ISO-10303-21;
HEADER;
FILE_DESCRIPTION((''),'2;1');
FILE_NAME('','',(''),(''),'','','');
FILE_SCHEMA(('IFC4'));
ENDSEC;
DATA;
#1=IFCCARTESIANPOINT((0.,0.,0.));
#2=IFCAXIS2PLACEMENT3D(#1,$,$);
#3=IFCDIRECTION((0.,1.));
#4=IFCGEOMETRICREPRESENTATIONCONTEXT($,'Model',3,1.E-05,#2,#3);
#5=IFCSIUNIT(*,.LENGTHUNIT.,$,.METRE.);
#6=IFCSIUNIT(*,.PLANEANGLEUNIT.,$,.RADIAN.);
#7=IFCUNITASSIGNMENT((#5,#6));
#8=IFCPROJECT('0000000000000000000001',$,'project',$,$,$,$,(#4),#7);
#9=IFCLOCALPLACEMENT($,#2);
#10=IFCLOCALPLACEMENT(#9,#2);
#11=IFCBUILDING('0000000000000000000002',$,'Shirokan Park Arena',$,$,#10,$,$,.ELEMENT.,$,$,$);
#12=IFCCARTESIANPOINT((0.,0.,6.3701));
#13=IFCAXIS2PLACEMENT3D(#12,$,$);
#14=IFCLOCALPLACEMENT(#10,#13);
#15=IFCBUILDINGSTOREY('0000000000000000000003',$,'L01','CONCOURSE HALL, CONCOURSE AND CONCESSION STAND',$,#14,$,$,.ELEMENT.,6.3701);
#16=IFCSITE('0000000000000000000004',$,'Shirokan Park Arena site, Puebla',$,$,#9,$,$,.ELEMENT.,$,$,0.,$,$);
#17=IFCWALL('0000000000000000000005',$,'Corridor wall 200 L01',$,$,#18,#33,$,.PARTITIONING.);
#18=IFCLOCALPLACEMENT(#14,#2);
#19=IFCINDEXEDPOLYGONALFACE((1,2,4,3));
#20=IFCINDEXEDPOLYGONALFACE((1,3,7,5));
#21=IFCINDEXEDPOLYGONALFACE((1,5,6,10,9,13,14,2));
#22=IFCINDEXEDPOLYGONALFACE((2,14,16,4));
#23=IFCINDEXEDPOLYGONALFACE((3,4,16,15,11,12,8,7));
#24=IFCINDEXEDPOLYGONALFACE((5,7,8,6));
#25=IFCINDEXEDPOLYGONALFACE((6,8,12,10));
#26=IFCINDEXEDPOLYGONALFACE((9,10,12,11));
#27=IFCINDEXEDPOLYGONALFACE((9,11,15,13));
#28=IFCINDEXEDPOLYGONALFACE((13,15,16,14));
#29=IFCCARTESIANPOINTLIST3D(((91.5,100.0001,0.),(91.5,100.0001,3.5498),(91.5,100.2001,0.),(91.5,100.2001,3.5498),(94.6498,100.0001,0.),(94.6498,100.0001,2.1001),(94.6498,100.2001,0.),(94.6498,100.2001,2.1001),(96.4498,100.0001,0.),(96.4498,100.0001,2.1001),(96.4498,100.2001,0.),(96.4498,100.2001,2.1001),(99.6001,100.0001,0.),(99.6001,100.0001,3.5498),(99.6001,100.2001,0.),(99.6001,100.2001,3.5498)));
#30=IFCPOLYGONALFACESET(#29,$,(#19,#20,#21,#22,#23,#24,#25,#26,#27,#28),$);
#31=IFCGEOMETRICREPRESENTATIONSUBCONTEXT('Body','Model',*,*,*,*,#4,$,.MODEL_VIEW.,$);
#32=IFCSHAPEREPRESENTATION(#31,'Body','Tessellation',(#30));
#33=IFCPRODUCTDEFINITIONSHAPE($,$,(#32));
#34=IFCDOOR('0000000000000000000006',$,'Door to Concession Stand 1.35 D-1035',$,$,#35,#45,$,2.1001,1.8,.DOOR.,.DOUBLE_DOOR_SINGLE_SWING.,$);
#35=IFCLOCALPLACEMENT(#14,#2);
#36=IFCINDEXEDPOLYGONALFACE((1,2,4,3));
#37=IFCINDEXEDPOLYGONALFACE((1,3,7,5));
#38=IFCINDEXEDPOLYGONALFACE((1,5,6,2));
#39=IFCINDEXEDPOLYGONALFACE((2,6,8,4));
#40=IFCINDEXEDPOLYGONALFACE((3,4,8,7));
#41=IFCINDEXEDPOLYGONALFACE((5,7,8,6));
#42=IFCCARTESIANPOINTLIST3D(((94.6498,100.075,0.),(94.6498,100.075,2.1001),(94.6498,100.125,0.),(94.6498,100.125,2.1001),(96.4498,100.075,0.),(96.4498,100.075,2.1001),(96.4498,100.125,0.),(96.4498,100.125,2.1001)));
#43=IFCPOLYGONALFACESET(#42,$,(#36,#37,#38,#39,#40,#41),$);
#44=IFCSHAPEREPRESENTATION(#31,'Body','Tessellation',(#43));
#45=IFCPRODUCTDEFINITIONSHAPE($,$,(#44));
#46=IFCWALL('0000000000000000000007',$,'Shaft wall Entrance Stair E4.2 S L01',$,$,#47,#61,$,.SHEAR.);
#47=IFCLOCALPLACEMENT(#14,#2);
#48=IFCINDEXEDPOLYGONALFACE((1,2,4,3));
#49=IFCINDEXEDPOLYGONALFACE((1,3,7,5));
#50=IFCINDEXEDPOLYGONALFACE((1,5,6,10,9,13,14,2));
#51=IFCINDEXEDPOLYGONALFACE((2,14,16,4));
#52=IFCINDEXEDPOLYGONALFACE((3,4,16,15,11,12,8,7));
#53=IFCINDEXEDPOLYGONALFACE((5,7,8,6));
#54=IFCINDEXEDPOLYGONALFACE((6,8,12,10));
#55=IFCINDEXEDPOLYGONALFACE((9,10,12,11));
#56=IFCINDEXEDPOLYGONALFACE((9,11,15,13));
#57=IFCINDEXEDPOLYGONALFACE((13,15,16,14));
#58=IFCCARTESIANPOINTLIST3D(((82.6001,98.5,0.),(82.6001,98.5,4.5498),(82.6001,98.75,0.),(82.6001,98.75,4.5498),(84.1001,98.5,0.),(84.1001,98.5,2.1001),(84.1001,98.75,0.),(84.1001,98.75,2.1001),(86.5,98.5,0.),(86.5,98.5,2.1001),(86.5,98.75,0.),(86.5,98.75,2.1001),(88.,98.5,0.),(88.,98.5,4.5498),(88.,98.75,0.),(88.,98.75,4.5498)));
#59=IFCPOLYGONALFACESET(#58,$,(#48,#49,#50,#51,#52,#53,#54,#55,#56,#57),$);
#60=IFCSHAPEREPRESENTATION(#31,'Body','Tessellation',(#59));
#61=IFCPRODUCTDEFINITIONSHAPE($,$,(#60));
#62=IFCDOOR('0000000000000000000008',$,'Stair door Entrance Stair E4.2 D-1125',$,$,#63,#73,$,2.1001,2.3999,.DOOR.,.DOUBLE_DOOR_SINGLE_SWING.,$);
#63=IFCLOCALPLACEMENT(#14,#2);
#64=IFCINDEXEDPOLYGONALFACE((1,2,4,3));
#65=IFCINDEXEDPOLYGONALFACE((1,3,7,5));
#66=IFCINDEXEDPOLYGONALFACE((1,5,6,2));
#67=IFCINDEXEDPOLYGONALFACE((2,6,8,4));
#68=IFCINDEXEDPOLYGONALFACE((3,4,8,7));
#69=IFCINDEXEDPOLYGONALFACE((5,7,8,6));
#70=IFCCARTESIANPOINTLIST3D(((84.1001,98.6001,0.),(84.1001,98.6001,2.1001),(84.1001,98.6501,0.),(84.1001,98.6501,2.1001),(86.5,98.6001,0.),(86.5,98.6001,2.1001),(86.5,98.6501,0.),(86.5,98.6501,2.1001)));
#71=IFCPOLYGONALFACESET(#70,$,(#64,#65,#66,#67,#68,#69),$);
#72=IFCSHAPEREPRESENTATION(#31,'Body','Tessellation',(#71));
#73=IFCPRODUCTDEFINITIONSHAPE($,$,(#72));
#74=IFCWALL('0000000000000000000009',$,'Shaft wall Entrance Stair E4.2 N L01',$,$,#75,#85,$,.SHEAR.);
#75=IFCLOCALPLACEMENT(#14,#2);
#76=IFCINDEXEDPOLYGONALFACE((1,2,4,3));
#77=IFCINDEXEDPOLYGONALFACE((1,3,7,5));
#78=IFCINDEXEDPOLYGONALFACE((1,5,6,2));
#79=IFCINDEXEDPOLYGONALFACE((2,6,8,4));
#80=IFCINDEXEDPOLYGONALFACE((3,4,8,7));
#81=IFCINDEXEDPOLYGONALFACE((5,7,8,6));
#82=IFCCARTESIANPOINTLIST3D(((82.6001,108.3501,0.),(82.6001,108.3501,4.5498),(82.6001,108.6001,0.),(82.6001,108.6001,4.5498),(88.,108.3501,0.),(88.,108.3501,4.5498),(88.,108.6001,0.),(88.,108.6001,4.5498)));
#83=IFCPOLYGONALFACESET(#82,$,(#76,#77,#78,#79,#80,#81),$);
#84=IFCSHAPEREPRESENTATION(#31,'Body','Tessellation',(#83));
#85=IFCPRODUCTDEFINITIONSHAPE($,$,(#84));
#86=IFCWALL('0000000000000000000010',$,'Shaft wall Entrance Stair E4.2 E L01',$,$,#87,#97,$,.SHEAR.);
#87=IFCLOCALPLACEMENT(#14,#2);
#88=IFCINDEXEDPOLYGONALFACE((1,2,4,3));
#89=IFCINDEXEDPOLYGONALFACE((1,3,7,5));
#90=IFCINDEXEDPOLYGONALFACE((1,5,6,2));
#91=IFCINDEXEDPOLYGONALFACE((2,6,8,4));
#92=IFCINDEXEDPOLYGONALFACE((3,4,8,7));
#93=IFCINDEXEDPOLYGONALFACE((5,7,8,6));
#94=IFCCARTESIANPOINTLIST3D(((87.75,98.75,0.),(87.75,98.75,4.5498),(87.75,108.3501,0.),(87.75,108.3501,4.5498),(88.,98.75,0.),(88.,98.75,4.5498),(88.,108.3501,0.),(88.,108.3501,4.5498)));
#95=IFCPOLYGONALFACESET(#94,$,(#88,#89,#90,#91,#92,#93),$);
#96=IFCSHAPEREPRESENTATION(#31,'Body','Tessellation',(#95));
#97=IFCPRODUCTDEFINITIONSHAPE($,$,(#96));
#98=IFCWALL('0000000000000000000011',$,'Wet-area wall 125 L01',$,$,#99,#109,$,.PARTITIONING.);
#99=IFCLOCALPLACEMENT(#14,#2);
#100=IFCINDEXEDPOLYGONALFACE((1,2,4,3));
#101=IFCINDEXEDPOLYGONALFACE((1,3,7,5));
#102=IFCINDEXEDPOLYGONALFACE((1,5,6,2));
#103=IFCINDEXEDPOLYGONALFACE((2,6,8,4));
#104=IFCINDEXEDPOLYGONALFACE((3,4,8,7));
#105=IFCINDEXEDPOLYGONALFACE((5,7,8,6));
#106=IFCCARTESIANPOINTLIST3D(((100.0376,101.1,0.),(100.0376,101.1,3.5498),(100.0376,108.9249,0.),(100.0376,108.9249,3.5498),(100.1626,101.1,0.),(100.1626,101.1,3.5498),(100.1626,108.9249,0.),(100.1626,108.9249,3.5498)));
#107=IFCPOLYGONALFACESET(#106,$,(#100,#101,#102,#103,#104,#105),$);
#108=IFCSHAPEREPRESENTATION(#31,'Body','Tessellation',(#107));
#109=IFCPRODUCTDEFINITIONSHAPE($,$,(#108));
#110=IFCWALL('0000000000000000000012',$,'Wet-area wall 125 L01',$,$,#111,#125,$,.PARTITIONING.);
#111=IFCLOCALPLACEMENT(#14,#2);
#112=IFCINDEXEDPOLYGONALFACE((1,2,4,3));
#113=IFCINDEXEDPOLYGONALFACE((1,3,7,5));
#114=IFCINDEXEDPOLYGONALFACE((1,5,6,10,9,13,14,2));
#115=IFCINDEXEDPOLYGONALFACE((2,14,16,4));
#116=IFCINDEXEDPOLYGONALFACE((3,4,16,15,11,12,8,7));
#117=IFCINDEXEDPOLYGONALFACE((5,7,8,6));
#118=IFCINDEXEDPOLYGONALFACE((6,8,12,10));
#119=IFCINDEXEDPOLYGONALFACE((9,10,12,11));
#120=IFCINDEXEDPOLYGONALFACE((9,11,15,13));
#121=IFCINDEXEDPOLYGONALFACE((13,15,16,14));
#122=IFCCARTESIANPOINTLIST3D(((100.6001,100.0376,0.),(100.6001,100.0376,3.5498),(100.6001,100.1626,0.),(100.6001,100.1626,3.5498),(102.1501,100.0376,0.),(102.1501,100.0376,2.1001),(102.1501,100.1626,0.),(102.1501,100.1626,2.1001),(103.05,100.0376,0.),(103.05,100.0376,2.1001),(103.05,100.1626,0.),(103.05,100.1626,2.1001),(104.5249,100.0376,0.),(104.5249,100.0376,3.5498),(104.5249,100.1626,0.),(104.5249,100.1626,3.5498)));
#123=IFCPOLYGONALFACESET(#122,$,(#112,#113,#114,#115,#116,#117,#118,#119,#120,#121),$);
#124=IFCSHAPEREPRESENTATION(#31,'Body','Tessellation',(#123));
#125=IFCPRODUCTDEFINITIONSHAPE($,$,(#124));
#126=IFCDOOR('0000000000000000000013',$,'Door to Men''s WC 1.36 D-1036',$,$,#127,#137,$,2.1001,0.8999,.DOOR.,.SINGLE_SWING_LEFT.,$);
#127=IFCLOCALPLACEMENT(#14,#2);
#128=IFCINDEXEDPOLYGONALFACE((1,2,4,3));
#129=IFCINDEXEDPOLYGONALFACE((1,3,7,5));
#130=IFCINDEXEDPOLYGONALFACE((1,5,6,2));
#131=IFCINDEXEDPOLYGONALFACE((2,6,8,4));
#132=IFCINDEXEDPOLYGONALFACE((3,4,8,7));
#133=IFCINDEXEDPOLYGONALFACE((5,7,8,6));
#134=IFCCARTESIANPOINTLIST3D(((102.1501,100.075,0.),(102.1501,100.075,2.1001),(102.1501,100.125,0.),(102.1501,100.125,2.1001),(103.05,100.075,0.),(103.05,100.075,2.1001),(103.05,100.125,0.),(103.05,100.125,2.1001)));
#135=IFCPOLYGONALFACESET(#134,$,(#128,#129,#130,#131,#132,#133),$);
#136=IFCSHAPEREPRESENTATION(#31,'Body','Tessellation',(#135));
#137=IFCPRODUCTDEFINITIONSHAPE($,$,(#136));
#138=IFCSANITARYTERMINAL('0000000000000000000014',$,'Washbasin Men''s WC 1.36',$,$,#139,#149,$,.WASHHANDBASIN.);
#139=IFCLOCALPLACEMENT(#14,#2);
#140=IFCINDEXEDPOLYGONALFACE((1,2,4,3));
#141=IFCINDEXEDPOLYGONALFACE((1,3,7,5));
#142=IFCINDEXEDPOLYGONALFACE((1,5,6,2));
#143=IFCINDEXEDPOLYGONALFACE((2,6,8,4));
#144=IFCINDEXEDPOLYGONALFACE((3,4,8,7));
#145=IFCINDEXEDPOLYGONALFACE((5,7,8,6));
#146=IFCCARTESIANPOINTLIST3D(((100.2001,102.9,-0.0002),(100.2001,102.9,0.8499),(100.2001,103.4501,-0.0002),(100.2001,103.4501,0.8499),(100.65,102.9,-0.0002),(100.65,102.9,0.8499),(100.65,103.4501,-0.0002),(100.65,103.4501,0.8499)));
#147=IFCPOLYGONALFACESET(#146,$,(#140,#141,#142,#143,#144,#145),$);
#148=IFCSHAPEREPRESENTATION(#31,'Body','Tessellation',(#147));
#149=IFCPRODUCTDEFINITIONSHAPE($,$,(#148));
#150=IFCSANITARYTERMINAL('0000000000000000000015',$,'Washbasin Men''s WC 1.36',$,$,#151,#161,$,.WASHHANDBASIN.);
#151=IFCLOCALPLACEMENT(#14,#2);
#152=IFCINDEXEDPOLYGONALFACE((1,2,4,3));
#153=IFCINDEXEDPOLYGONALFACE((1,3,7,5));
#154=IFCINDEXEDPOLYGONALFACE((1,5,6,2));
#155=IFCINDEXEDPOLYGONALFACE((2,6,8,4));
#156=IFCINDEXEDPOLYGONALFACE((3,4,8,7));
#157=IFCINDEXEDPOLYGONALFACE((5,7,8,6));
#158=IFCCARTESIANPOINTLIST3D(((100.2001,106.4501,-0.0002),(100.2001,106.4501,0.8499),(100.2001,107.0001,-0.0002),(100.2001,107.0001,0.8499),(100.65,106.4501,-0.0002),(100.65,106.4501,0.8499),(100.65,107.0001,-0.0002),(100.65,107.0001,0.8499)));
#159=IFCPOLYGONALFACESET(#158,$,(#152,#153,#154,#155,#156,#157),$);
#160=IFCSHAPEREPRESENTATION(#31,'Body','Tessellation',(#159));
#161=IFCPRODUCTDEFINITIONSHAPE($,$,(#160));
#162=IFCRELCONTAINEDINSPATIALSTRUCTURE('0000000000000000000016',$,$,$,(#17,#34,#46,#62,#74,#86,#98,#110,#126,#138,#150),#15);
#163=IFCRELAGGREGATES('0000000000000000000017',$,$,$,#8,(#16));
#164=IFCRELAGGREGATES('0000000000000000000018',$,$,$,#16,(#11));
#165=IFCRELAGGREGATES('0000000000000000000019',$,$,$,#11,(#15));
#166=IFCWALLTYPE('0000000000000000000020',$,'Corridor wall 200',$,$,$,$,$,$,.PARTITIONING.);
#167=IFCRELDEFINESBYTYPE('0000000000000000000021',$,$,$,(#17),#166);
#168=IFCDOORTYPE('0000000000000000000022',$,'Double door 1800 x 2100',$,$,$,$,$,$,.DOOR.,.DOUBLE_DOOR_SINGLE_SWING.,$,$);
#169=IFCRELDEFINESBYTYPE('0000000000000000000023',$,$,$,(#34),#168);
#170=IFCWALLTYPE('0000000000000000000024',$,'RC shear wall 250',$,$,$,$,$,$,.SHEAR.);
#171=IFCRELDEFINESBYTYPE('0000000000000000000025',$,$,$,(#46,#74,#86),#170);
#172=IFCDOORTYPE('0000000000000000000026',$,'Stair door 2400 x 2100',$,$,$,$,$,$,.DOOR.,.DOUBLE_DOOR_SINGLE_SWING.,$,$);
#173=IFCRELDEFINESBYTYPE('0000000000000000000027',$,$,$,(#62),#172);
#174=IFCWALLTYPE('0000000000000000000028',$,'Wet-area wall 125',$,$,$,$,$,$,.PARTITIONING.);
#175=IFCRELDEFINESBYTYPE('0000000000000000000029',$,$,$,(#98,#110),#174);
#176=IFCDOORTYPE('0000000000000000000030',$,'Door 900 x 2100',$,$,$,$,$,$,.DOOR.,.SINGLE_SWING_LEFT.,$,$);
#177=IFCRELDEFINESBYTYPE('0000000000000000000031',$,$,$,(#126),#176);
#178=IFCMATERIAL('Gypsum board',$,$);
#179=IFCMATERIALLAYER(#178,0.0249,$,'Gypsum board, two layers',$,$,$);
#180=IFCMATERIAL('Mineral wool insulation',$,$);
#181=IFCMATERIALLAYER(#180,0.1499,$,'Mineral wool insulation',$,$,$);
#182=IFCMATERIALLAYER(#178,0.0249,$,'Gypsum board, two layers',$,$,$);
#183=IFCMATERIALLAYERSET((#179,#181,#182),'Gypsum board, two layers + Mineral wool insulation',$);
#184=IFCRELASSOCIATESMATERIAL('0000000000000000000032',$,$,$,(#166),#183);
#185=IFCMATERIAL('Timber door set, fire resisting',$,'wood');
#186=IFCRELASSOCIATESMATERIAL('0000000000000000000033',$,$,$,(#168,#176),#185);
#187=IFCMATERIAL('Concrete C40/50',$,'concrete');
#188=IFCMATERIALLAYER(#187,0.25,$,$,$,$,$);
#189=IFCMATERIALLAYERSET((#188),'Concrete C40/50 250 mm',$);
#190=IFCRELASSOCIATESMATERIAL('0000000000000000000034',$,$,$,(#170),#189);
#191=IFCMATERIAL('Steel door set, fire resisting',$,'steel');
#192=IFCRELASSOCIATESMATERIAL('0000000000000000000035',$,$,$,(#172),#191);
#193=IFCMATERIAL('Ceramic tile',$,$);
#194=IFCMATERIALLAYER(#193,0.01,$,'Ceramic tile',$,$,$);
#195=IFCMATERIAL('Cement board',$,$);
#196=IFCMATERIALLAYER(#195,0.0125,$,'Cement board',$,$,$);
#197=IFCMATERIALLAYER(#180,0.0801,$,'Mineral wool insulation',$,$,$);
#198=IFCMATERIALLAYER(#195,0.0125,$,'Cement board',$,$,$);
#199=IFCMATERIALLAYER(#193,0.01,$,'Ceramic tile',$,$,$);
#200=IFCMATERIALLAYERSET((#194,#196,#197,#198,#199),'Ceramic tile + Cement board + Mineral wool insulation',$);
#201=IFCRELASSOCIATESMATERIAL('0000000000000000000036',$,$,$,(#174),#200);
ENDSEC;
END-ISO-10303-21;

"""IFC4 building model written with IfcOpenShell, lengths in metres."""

from ifc_helpers import new_model, si_unit, direction, frame, frame_2d, origin, origin_2d, place, context, subcontext, project, spatial, rectangle, extrude, material, layer, layer_set, type_object, element, fill, save


model = new_model("IFC4")

# Units and contexts
model_context = context("Model", 3, precision=1e-05, world=origin(), true_north=direction((0.0, 1.0)))
body_context = subcontext(model_context, "Body", "Model", "MODEL_VIEW")
ifc_project = project(units=[si_unit("LENGTHUNIT", "METRE"), si_unit("PLANEANGLEUNIT", "RADIAN")], contexts=[model_context])

# Site, building, storey
site_placement = place(None, origin())
site = spatial("IfcSite", under=ifc_project, at=site_placement, Name="Shirokan Park Arena site, Puebla", CompositionType="ELEMENT", RefElevation=0.0)
building_placement = place(site_placement, origin())
building = spatial("IfcBuilding", under=site, at=building_placement, Name="Shirokan Park Arena", CompositionType="ELEMENT")
storey_placement = place(building_placement, frame((0.0, 0.0, 6.3701)))
storey = spatial("IfcBuildingStorey", under=building, at=storey_placement, Name="L01", Description="CONCOURSE HALL, CONCOURSE AND CONCESSION STAND", CompositionType="ELEMENT", Elevation=6.3701)

# Shared definitions
ifc_material_1 = material(Name="Gypsum board")
ifc_layer_1 = layer(ifc_material_1, 0.0249, Name="Gypsum board, two layers")
ifc_material_2 = material(Name="Mineral wool insulation")
ifc_layer_2 = layer(ifc_material_2, 0.1499, Name="Mineral wool insulation")
ifc_layer_3 = layer(ifc_material_1, 0.0249, Name="Gypsum board, two layers")
ifc_layer_set_1 = layer_set([ifc_layer_1, ifc_layer_2, ifc_layer_3], Name="Gypsum board, two layers + Mineral wool insulation")
wall_type_1 = type_object("IfcWallType", Name="Corridor wall 200", PredefinedType="PARTITIONING", material=ifc_layer_set_1)

# Walls, openings, doors
wall_1_placement = place(storey_placement, frame((91.5, 100.1001, 0.0), z_axis=(0.0, 0.0, 1.0), x_axis=(1.0, 0.0, 0.0)))
wall_1 = element("IfcWall", 1, at=wall_1_placement, inside=storey, type_object=wall_type_1, Name="Corridor wall 200 L01", PredefinedType="PARTITIONING", context=body_context, shape_type="SweptSolid", body=[
    extrude(rectangle(XDim=8.1001, YDim=0.2, at=frame_2d((4.05, 0.0))), origin(), (0.0, 0.0, 1.0), 3.5498),
])
opening_1_placement = place(wall_1_placement, frame((3.1499, 0.0, 0.0)))
opening_1 = element("IfcOpeningElement", 2, at=opening_1_placement, cuts=wall_1, PredefinedType="OPENING", context=body_context, shape_type="SweptSolid", body=[
    extrude(rectangle(XDim=1.8, YDim=2.1001, at=frame_2d((0.8999, 1.05))), frame((0.0, 0.1099, 0.0), z_axis=(0.0, -1.0, 0.0), x_axis=(1.0, 0.0, 0.0)), (0.0, 0.0, 1.0), 0.22),
])
ifc_material_3 = material(Name="Timber door set, fire resisting", Category="wood")
door_type_1 = type_object("IfcDoorType", Name="Double door 1800 x 2100", OperationType="DOUBLE_DOOR_SINGLE_SWING", PredefinedType="DOOR", material=ifc_material_3)
door_1_placement = place(opening_1_placement, origin())
door_1 = element("IfcDoor", 3, at=door_1_placement, inside=storey, type_object=door_type_1, Name="Door to Concession Stand 1.35 D-1035", OperationType="DOUBLE_DOOR_SINGLE_SWING", OverallHeight=2.1001, OverallWidth=1.8, PredefinedType="DOOR", context=body_context, shape_type="SweptSolid", body=[
    extrude(rectangle(XDim=1.8, YDim=2.1001, at=frame_2d((0.8999, 1.05))), frame((0.0, 0.0249, 0.0), z_axis=(0.0, -1.0, 0.0), x_axis=(1.0, 0.0, 0.0)), (0.0, 0.0, 1.0), 0.05),
])
fill(opening_1, door_1)
ifc_material_4 = material(Name="Concrete C40/50", Category="concrete")
ifc_layer_4 = layer(ifc_material_4, 0.25)
ifc_layer_set_2 = layer_set([ifc_layer_4], Name="Concrete C40/50 250 mm")
wall_type_2 = type_object("IfcWallType", Name="RC shear wall 250", PredefinedType="SHEAR", material=ifc_layer_set_2)
wall_2_placement = place(storey_placement, frame((88.0, 98.625, 0.0), z_axis=(0.0, 0.0, 1.0), x_axis=(-1.0, 0.0, 0.0)))
wall_2 = element("IfcWall", 4, at=wall_2_placement, inside=storey, type_object=wall_type_2, Name="Shaft wall Entrance Stair E4.2 S L01", PredefinedType="SHEAR", context=body_context, shape_type="SweptSolid", body=[
    extrude(rectangle(XDim=5.3999, YDim=0.25, at=frame_2d((2.7, 0.0))), origin(), (0.0, 0.0, 1.0), 4.5498),
])
opening_2_placement = place(wall_2_placement, frame((1.5, 0.0, 0.0)))
opening_2 = element("IfcOpeningElement", 5, at=opening_2_placement, cuts=wall_2, PredefinedType="OPENING", context=body_context, shape_type="SweptSolid", body=[
    extrude(rectangle(XDim=2.3999, YDim=2.1001, at=frame_2d((1.2, 1.05))), frame((0.0, 0.135, 0.0), z_axis=(0.0, -1.0, 0.0), x_axis=(1.0, 0.0, 0.0)), (0.0, 0.0, 1.0), 0.27),
])
ifc_material_5 = material(Name="Steel door set, fire resisting", Category="steel")
door_type_2 = type_object("IfcDoorType", Name="Stair door 2400 x 2100", OperationType="DOUBLE_DOOR_SINGLE_SWING", PredefinedType="DOOR", material=ifc_material_5)
door_2_placement = place(opening_2_placement, origin())
door_2 = element("IfcDoor", 6, at=door_2_placement, inside=storey, type_object=door_type_2, Name="Stair door Entrance Stair E4.2 D-1125", OperationType="DOUBLE_DOOR_SINGLE_SWING", OverallHeight=2.1001, OverallWidth=2.3999, PredefinedType="DOOR", context=body_context, shape_type="SweptSolid", body=[
    extrude(rectangle(XDim=2.3999, YDim=2.1001, at=frame_2d((1.2, 1.05))), frame((0.0, 0.0249, 0.0), z_axis=(0.0, -1.0, 0.0), x_axis=(1.0, 0.0, 0.0)), (0.0, 0.0, 1.0), 0.05),
])
fill(opening_2, door_2)

# Walls
wall_3_placement = place(storey_placement, frame((88.0, 108.4751, 0.0), z_axis=(0.0, 0.0, 1.0), x_axis=(-1.0, 0.0, 0.0)))
element("IfcWall", 7, at=wall_3_placement, inside=storey, type_object=wall_type_2, Name="Shaft wall Entrance Stair E4.2 N L01", PredefinedType="SHEAR", context=body_context, shape_type="SweptSolid", body=[
    extrude(rectangle(XDim=5.3999, YDim=0.25, at=frame_2d((2.7, 0.0))), origin(), (0.0, 0.0, 1.0), 4.5498),
])
wall_4_placement = place(storey_placement, frame((87.875, 108.3501, 0.0), z_axis=(0.0, 0.0, 1.0), x_axis=(0.0, -1.0, 0.0)))
element("IfcWall", 8, at=wall_4_placement, inside=storey, type_object=wall_type_2, Name="Shaft wall Entrance Stair E4.2 E L01", PredefinedType="SHEAR", context=body_context, shape_type="SweptSolid", body=[
    extrude(rectangle(XDim=9.6001, YDim=0.25, at=frame_2d((4.8, 0.0))), origin(), (0.0, 0.0, 1.0), 4.5498),
])
ifc_material_6 = material(Name="Ceramic tile")
ifc_layer_5 = layer(ifc_material_6, 0.01, Name="Ceramic tile")
ifc_material_7 = material(Name="Cement board")
ifc_layer_6 = layer(ifc_material_7, 0.0125, Name="Cement board")
ifc_layer_7 = layer(ifc_material_2, 0.0801, Name="Mineral wool insulation")
ifc_layer_8 = layer(ifc_material_7, 0.0125, Name="Cement board")
ifc_layer_9 = layer(ifc_material_6, 0.01, Name="Ceramic tile")
ifc_layer_set_3 = layer_set([ifc_layer_5, ifc_layer_6, ifc_layer_7, ifc_layer_8, ifc_layer_9], Name="Ceramic tile + Cement board + Mineral wool insulation")
wall_type_3 = type_object("IfcWallType", Name="Wet-area wall 125", PredefinedType="PARTITIONING", material=ifc_layer_set_3)
wall_5_placement = place(storey_placement, frame((100.1001, 108.925, 0.0), z_axis=(0.0, 0.0, 1.0), x_axis=(0.0, -1.0, 0.0)))
element("IfcWall", 9, at=wall_5_placement, inside=storey, type_object=wall_type_3, Name="Wet-area wall 125 L01", PredefinedType="PARTITIONING", context=body_context, shape_type="SweptSolid", body=[
    extrude(rectangle(XDim=7.825, YDim=0.125, at=frame_2d((3.9126, 0.0))), origin(), (0.0, 0.0, 1.0), 3.5498),
])

# Wall, opening, door
wall_6_placement = place(storey_placement, frame((100.6001, 100.1001, 0.0), z_axis=(0.0, 0.0, 1.0), x_axis=(1.0, 0.0, 0.0)))
wall_6 = element("IfcWall", 10, at=wall_6_placement, inside=storey, type_object=wall_type_3, Name="Wet-area wall 125 L01", PredefinedType="PARTITIONING", context=body_context, shape_type="SweptSolid", body=[
    extrude(rectangle(XDim=3.9248, YDim=0.125, at=frame_2d((1.9624, 0.0))), origin(), (0.0, 0.0, 1.0), 3.5498),
])
opening_3_placement = place(wall_6_placement, frame((1.55, 0.0, 0.0)))
opening_3 = element("IfcOpeningElement", 11, at=opening_3_placement, cuts=wall_6, PredefinedType="OPENING", context=body_context, shape_type="SweptSolid", body=[
    extrude(rectangle(XDim=0.8999, YDim=2.1001, at=frame_2d((0.45, 1.05))), frame((0.0, 0.0725, 0.0), z_axis=(0.0, -1.0, 0.0), x_axis=(1.0, 0.0, 0.0)), (0.0, 0.0, 1.0), 0.145),
])
door_type_3 = type_object("IfcDoorType", Name="Door 900 x 2100", OperationType="SINGLE_SWING_LEFT", PredefinedType="DOOR", material=ifc_material_3)
door_3_placement = place(opening_3_placement, origin())
door_3 = element("IfcDoor", 12, at=door_3_placement, inside=storey, type_object=door_type_3, Name="Door to Men's WC 1.36 D-1036", OperationType="SINGLE_SWING_LEFT", OverallHeight=2.1001, OverallWidth=0.8999, PredefinedType="DOOR", context=body_context, shape_type="SweptSolid", body=[
    extrude(rectangle(XDim=0.8999, YDim=2.1001, at=frame_2d((0.45, 1.05))), frame((0.0, 0.0249, 0.0), z_axis=(0.0, -1.0, 0.0), x_axis=(1.0, 0.0, 0.0)), (0.0, 0.0, 1.0), 0.05),
])
fill(opening_3, door_3)

# Sanitary terminals
for number, where, z_axis, x_axis, name in (
    (13, (100.425, 103.175, -0.0002), (0.0, 0.0, 1.0), (1.0, 0.0, 0.0), "Washbasin Men's WC 1.36"),
    (14, (100.425, 106.7251, -0.0002), (0.0, 0.0, 1.0), (1.0, 0.0, 0.0), "Washbasin Men's WC 1.36"),
):
    element("IfcSanitaryTerminal", number, at=place(storey_placement, frame(where, z_axis=z_axis, x_axis=x_axis)), inside=storey, Name=name, PredefinedType="WASHHANDBASIN", context=body_context, shape_type="SweptSolid", body=[
        extrude(rectangle(XDim=0.45, YDim=0.55, at=origin_2d()), origin(), (0.0, 0.0, 1.0), 0.8501),
    ])

save(model, "model.ifc")
